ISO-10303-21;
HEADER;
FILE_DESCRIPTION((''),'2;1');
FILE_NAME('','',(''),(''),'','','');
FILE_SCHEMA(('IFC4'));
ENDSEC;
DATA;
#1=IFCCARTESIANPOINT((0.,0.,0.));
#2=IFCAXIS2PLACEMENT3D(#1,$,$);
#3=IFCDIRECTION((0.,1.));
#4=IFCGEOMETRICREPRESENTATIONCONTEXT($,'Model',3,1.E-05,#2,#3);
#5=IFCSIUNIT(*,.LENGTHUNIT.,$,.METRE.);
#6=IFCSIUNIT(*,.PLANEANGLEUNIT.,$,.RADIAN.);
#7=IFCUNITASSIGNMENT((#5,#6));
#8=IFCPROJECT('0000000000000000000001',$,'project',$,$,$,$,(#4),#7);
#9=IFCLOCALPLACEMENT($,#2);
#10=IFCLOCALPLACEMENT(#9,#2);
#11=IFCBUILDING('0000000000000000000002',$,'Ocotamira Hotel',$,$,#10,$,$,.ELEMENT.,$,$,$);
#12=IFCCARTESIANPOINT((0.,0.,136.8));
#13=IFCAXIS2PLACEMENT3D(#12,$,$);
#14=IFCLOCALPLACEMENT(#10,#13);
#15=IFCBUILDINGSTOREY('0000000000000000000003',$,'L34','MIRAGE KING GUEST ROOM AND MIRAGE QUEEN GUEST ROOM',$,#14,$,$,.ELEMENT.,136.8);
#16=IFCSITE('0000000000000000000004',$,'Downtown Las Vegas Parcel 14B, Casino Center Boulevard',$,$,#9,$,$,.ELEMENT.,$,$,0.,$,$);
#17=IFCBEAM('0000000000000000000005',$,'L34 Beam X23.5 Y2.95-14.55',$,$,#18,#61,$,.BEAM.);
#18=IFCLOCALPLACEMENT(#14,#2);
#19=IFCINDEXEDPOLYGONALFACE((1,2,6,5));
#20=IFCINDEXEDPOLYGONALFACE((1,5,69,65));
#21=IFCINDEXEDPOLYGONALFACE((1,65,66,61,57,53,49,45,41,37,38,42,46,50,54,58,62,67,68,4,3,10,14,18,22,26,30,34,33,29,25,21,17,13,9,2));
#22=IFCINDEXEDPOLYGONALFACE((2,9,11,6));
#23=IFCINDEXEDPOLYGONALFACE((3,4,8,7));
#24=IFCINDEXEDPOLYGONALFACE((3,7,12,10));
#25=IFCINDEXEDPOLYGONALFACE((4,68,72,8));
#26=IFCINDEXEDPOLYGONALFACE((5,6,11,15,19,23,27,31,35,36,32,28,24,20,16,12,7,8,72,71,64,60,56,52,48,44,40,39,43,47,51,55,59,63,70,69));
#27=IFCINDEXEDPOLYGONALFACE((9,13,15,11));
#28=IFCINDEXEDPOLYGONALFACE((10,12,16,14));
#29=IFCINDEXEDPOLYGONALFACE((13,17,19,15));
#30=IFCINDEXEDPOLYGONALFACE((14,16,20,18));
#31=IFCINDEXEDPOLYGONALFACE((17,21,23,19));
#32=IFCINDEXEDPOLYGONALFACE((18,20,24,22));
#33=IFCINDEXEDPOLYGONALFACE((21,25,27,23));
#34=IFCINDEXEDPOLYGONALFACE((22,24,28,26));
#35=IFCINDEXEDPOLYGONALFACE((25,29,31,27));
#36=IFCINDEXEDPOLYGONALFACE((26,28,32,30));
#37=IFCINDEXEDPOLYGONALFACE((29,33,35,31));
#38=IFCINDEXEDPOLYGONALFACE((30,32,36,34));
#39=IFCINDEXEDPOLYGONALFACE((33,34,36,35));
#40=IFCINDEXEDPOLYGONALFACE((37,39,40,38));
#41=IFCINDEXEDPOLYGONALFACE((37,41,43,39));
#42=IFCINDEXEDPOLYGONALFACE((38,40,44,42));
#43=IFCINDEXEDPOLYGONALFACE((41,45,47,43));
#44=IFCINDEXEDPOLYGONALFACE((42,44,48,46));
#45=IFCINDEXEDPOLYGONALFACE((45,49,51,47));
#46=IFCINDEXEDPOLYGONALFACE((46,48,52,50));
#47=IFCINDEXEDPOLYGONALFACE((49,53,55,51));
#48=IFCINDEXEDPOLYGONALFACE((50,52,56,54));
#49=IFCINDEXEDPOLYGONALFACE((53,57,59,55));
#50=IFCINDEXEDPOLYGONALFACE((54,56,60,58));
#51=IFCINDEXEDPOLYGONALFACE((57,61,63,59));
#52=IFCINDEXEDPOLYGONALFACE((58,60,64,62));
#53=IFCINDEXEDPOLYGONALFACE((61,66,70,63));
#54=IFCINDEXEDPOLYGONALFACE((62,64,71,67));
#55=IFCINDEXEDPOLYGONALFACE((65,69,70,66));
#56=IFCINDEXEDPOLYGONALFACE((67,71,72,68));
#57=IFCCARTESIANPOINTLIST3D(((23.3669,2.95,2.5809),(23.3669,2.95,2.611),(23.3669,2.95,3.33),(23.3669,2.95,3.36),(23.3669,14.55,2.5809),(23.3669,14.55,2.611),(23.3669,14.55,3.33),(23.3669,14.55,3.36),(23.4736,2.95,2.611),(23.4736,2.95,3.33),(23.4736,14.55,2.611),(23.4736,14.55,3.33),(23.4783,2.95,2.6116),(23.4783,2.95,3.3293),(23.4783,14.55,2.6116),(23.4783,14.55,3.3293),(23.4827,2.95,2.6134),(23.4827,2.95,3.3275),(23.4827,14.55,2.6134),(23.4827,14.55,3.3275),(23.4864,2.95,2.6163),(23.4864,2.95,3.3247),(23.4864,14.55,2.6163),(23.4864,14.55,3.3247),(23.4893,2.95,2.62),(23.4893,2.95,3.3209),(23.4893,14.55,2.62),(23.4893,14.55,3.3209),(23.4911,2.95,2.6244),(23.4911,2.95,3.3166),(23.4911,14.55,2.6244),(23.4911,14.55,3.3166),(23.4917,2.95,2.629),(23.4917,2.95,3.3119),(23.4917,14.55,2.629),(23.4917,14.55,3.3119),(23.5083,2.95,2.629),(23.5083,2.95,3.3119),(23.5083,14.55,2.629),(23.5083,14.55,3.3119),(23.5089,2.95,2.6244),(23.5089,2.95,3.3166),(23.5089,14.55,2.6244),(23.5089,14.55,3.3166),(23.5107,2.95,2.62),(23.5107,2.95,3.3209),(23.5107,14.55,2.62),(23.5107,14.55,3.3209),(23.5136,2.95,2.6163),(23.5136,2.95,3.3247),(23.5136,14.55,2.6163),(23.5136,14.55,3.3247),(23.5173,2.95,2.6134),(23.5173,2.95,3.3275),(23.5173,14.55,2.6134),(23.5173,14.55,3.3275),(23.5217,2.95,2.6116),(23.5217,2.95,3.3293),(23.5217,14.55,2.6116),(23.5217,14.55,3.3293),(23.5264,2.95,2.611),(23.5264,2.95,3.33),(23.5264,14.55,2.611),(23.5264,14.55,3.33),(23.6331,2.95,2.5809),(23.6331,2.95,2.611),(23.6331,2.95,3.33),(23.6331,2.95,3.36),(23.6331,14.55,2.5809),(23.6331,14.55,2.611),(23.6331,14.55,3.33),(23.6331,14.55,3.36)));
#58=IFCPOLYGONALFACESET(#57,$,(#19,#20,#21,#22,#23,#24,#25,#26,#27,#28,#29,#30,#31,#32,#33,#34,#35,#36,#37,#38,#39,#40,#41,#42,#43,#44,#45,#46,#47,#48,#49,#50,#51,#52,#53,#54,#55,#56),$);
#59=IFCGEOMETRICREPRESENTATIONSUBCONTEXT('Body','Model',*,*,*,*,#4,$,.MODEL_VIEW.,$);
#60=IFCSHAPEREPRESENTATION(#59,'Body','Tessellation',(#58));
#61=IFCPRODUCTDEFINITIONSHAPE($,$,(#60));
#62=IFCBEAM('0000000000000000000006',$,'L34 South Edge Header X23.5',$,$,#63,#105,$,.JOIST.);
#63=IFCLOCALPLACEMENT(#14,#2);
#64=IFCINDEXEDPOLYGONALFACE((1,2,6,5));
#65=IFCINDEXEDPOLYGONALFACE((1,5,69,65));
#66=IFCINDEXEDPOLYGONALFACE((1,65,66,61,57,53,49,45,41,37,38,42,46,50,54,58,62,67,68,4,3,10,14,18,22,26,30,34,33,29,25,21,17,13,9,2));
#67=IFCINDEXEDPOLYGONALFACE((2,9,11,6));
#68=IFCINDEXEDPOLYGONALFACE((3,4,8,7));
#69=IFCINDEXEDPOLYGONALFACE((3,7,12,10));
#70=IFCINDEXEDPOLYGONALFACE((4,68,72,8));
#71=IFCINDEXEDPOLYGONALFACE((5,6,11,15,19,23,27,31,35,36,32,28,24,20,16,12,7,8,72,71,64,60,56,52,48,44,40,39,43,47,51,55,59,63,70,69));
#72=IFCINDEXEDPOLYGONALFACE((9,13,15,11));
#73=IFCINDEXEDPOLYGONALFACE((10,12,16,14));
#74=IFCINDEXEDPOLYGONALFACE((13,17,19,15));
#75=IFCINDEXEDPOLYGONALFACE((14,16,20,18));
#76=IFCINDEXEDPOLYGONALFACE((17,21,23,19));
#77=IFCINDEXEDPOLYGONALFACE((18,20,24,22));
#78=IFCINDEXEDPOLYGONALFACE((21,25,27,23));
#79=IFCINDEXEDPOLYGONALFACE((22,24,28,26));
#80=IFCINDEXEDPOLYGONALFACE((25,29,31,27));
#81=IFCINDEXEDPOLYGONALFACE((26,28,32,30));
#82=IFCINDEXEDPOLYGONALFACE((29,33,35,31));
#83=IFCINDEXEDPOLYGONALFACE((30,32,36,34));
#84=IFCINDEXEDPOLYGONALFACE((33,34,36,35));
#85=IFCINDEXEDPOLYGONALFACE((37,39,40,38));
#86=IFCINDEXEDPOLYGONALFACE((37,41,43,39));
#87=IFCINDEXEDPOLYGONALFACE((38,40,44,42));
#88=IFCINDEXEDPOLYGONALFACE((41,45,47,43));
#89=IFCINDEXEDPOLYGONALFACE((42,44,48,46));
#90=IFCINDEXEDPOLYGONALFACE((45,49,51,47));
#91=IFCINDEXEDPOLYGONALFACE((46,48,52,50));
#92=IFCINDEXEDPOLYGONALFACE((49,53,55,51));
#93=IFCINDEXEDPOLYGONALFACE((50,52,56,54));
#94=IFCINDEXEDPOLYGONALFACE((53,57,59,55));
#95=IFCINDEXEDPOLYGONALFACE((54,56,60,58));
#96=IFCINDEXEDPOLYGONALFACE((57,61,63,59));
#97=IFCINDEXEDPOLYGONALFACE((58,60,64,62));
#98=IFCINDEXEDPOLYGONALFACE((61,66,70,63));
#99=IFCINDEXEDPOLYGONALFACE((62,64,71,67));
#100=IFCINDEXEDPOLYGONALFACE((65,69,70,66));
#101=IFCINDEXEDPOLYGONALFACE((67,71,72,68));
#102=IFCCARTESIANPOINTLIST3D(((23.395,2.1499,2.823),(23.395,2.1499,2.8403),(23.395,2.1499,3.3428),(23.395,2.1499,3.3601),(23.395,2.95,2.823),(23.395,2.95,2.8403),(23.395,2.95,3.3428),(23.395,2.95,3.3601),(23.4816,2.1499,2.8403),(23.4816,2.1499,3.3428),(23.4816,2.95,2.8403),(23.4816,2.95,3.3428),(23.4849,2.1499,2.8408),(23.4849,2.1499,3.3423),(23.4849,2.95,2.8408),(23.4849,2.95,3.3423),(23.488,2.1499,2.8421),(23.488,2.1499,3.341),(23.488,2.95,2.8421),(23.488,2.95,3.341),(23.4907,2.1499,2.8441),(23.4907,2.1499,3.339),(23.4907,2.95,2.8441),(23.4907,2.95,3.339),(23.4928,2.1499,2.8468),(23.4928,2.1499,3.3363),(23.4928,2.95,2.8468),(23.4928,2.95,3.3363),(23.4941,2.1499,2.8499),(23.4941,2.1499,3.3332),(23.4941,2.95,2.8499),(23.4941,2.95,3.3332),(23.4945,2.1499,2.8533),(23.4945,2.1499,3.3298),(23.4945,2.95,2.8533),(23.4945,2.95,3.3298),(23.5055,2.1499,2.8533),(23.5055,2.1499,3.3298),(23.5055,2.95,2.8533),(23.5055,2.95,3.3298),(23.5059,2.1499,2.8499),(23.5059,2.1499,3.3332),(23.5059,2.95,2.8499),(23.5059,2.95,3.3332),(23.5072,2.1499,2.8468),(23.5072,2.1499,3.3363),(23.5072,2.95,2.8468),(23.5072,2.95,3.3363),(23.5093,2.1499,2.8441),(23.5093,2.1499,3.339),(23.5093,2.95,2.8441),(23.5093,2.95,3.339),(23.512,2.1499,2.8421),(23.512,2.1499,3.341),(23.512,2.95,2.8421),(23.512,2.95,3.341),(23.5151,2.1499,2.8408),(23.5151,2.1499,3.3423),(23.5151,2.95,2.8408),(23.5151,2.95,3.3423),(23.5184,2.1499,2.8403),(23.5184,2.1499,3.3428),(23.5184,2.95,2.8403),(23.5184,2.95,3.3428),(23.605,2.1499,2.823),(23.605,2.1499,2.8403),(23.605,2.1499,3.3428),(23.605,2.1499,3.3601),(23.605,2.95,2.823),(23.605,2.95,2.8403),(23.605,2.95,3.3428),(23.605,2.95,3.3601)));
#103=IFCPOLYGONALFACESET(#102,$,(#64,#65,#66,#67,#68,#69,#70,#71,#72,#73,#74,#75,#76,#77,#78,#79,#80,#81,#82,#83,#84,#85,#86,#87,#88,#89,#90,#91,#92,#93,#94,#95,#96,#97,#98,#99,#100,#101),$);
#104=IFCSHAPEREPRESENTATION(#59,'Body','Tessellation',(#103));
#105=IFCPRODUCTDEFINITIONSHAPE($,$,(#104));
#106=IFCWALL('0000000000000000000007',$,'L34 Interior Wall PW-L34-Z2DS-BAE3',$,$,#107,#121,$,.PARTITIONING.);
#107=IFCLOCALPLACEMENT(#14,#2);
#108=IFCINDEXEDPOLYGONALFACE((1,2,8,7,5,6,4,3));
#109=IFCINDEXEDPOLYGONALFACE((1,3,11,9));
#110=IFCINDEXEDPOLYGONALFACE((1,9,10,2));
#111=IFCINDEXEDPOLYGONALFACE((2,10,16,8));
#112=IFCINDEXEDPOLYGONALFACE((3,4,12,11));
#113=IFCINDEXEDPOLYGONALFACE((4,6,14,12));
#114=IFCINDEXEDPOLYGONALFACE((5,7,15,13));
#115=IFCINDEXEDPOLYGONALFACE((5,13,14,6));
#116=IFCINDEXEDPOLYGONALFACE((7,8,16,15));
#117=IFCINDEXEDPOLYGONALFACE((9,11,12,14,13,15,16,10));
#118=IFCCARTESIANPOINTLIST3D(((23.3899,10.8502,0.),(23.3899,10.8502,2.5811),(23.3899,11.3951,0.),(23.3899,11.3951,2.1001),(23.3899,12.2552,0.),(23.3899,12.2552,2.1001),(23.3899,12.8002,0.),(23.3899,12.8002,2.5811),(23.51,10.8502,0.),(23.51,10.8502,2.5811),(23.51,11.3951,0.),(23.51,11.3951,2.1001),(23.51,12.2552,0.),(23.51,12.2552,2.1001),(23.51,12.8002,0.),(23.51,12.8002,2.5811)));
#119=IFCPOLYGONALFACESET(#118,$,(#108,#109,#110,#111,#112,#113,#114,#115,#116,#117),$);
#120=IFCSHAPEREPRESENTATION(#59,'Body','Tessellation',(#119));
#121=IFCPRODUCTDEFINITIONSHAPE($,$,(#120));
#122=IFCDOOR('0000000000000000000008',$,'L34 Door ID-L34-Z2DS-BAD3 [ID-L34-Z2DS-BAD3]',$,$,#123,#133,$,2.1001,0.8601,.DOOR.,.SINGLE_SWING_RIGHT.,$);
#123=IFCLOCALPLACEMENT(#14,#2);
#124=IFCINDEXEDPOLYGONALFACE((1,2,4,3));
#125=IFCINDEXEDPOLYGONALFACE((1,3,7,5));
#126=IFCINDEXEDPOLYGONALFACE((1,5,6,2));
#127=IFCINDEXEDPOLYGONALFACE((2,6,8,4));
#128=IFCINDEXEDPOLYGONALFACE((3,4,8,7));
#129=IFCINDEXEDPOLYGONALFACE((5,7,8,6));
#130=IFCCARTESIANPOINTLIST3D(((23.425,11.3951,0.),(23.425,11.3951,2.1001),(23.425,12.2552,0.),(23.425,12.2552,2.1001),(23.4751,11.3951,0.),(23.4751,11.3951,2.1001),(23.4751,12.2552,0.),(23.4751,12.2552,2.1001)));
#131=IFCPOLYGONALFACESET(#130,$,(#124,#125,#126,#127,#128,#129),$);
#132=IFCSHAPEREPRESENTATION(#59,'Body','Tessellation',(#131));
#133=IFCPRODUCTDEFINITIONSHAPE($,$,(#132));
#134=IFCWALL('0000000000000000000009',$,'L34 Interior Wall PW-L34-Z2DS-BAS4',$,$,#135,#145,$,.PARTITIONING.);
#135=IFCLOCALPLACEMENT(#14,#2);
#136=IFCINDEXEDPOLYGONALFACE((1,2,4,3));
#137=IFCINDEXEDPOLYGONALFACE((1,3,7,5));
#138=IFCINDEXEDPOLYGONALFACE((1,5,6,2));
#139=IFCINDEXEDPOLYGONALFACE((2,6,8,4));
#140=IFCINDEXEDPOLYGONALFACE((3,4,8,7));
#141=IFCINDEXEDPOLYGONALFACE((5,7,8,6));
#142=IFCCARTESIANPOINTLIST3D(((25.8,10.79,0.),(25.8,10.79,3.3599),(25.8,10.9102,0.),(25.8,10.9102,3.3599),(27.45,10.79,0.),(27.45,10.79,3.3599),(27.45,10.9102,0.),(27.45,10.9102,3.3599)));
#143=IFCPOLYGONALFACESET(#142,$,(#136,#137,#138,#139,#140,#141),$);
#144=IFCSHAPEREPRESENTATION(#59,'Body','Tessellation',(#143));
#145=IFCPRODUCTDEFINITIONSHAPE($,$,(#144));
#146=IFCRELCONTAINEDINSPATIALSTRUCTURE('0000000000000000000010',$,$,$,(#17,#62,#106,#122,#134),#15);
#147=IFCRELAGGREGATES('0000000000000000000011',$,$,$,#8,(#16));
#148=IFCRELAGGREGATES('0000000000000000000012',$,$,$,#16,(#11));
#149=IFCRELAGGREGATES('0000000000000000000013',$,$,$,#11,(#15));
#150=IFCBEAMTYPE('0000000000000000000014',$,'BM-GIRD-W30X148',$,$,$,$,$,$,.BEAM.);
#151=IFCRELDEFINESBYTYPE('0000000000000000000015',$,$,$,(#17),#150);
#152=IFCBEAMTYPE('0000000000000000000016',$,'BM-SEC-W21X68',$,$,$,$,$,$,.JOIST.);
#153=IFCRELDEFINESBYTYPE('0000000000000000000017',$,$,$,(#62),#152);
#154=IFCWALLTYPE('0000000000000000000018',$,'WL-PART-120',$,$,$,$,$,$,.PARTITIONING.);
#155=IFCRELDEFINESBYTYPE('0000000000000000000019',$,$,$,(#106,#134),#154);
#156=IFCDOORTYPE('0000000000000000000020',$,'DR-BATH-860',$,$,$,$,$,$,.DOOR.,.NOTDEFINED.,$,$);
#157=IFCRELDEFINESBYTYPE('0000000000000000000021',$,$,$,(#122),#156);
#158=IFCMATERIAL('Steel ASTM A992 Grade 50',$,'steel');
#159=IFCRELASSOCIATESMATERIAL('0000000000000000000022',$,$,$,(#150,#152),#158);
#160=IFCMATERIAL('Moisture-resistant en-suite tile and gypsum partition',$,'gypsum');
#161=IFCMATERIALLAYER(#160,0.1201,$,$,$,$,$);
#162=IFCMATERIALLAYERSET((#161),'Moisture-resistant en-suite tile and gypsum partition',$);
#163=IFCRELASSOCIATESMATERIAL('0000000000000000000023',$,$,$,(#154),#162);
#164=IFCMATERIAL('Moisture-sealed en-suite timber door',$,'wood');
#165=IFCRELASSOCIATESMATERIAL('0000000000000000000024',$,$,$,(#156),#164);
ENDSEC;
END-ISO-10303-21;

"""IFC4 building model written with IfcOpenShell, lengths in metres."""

from ifc_helpers import new_model, si_unit, direction, frame, frame_2d, origin, origin_2d, place, context, subcontext, project, spatial, rectangle, i_section, extrude, source, transform, mapped, material, layer, layer_set, material_profile, profile_set, type_object, element, fill, save


model = new_model("IFC4")

# Units and contexts
model_context = context("Model", 3, precision=1e-05, world=origin(), true_north=direction((0.0, 1.0)))
body_context = subcontext(model_context, "Body", "Model", "MODEL_VIEW")
ifc_project = project(units=[si_unit("LENGTHUNIT", "METRE"), si_unit("PLANEANGLEUNIT", "RADIAN")], contexts=[model_context])

# Site, building, storey
site_placement = place(None, origin())
site = spatial("IfcSite", under=ifc_project, at=site_placement, Name="Downtown Las Vegas Parcel 14B, Casino Center Boulevard", CompositionType="ELEMENT", RefElevation=0.0)
building_placement = place(site_placement, origin())
building = spatial("IfcBuilding", under=site, at=building_placement, Name="Ocotamira Hotel", CompositionType="ELEMENT")
storey_placement = place(building_placement, frame((0.0, 0.0, 136.8)))
storey = spatial("IfcBuildingStorey", under=building, at=storey_placement, Name="L34", Description="MIRAGE KING GUEST ROOM AND MIRAGE QUEEN GUEST ROOM", CompositionType="ELEMENT", Elevation=136.8)

# Beams
ifc_material_1 = material(Name="Steel ASTM A992 Grade 50", Category="steel")
ifc_material_profile_1 = material_profile(ifc_material_1, i_section(OverallWidth=0.2661, OverallDepth=0.7791, WebThickness=0.0166, FlangeThickness=0.03, FilletRadius=0.0181, at=origin_2d()), Name="W30X148")
ifc_profile_set_1 = profile_set([ifc_material_profile_1], Name="Steel ASTM A992 Grade 50")
beam_type_1 = type_object("IfcBeamType", Name="BM-GIRD-W30X148", PredefinedType="BEAM", material=ifc_profile_set_1)
shared_shape_1 = source(origin(), body_context, "Body", "SweptSolid", [
    extrude(i_section(OverallWidth=0.2661, OverallDepth=0.7791, WebThickness=0.0166, FlangeThickness=0.03, FilletRadius=0.0181, at=origin_2d()), origin(), (0.0, 0.0, 1.0), 11.6001),
])
beam_1_placement = place(storey_placement, frame((23.5, 2.95, 2.9705), z_axis=(0.0, 1.0, 0.0), x_axis=(-1.0, 0.0, 0.0)))
element("IfcBeam", 1, at=beam_1_placement, inside=storey, type_object=beam_type_1, Name="L34 Beam X23.5 Y2.95-14.55", PredefinedType="BEAM", context=body_context, shape_type="MappedRepresentation", body=[
    mapped(shared_shape_1, transform((0.0, 0.0, 0.0), scale=1.0)),
])
ifc_material_profile_2 = material_profile(ifc_material_1, i_section(OverallWidth=0.21, OverallDepth=0.5371, WebThickness=0.011, FlangeThickness=0.0173, FilletRadius=0.0129, at=origin_2d()), Name="W21X68")
ifc_profile_set_2 = profile_set([ifc_material_profile_2], Name="Steel ASTM A992 Grade 50")
beam_type_2 = type_object("IfcBeamType", Name="BM-SEC-W21X68", PredefinedType="JOIST", material=ifc_profile_set_2)
shared_shape_2 = source(origin(), body_context, "Body", "SweptSolid", [
    extrude(i_section(OverallWidth=0.21, OverallDepth=0.5371, WebThickness=0.011, FlangeThickness=0.0173, FilletRadius=0.0129, at=origin_2d()), origin(), (0.0, 0.0, 1.0), 0.8),
])
beam_2_placement = place(storey_placement, frame((23.5, 2.95, 3.0916), z_axis=(0.0, -1.0, 0.0), x_axis=(1.0, 0.0, 0.0)))
element("IfcBeam", 2, at=beam_2_placement, inside=storey, type_object=beam_type_2, Name="L34 South Edge Header X23.5", PredefinedType="JOIST", context=body_context, shape_type="MappedRepresentation", body=[
    mapped(shared_shape_2, transform((0.0, 0.0, 0.0), scale=1.0)),
])

# Wall, opening, door
ifc_material_2 = material(Name="Moisture-resistant en-suite tile and gypsum partition", Category="gypsum")
ifc_layer = layer(ifc_material_2, 0.1201)
ifc_layer_set = layer_set([ifc_layer], Name="Moisture-resistant en-suite tile and gypsum partition")
wall_type = type_object("IfcWallType", Name="WL-PART-120", PredefinedType="PARTITIONING", material=ifc_layer_set)
wall_1_placement = place(storey_placement, frame((23.45, 10.8501, 0.0), z_axis=(0.0, 0.0, 1.0), x_axis=(0.0, 1.0, 0.0)))
wall_1 = element("IfcWall", 3, at=wall_1_placement, inside=storey, type_object=wall_type, Name="L34 Interior Wall PW-L34-Z2DS-BAE3", PredefinedType="PARTITIONING", context=body_context, shape_type="SweptSolid", body=[
    extrude(rectangle(XDim=1.95, YDim=0.1201, at=frame_2d((0.9751, 0.0))), origin(), (0.0, 0.0, 1.0), 2.5811),
])
opening_placement = place(wall_1_placement, frame((0.5449, 0.0, 0.0)))
opening = element("IfcOpeningElement", 4, at=opening_placement, cuts=wall_1, PredefinedType="OPENING", context=body_context, shape_type="SweptSolid", body=[
    extrude(rectangle(XDim=0.8601, YDim=2.1001, at=frame_2d((0.4302, 1.05))), frame((0.0, 0.0701, 0.0), z_axis=(0.0, -1.0, 0.0), x_axis=(1.0, 0.0, 0.0)), (0.0, 0.0, 1.0), 0.1401),
])
ifc_material_3 = material(Name="Moisture-sealed en-suite timber door", Category="wood")
door_type = type_object("IfcDoorType", Name="DR-BATH-860", OperationType="NOTDEFINED", PredefinedType="DOOR", material=ifc_material_3)
shared_shape_3 = source(origin(), body_context, "Body", "SweptSolid", [
    extrude(rectangle(XDim=0.8601, YDim=2.1001, at=frame_2d((0.4302, 1.05))), frame((0.0, 0.0249, 0.0), z_axis=(0.0, -1.0, 0.0), x_axis=(1.0, 0.0, 0.0)), (0.0, 0.0, 1.0), 0.05),
])
door_placement = place(opening_placement, origin())
door = element("IfcDoor", 5, at=door_placement, inside=storey, type_object=door_type, Name="L34 Door ID-L34-Z2DS-BAD3 [ID-L34-Z2DS-BAD3]", OperationType="SINGLE_SWING_RIGHT", OverallHeight=2.1001, OverallWidth=0.8601, PredefinedType="DOOR", context=body_context, shape_type="MappedRepresentation", body=[
    mapped(shared_shape_3, transform((0.0, 0.0, 0.0), scale=1.0)),
])
fill(opening, door)

# Wall
wall_2_placement = place(storey_placement, frame((25.8, 10.8501, 0.0), z_axis=(0.0, 0.0, 1.0), x_axis=(1.0, 0.0, 0.0)))
element("IfcWall", 6, at=wall_2_placement, inside=storey, type_object=wall_type, Name="L34 Interior Wall PW-L34-Z2DS-BAS4", PredefinedType="PARTITIONING", context=body_context, shape_type="SweptSolid", body=[
    extrude(rectangle(XDim=1.6499, YDim=0.1201, at=frame_2d((0.825, 0.0))), origin(), (0.0, 0.0, 1.0), 3.3599),
])

save(model, "model.ifc")
